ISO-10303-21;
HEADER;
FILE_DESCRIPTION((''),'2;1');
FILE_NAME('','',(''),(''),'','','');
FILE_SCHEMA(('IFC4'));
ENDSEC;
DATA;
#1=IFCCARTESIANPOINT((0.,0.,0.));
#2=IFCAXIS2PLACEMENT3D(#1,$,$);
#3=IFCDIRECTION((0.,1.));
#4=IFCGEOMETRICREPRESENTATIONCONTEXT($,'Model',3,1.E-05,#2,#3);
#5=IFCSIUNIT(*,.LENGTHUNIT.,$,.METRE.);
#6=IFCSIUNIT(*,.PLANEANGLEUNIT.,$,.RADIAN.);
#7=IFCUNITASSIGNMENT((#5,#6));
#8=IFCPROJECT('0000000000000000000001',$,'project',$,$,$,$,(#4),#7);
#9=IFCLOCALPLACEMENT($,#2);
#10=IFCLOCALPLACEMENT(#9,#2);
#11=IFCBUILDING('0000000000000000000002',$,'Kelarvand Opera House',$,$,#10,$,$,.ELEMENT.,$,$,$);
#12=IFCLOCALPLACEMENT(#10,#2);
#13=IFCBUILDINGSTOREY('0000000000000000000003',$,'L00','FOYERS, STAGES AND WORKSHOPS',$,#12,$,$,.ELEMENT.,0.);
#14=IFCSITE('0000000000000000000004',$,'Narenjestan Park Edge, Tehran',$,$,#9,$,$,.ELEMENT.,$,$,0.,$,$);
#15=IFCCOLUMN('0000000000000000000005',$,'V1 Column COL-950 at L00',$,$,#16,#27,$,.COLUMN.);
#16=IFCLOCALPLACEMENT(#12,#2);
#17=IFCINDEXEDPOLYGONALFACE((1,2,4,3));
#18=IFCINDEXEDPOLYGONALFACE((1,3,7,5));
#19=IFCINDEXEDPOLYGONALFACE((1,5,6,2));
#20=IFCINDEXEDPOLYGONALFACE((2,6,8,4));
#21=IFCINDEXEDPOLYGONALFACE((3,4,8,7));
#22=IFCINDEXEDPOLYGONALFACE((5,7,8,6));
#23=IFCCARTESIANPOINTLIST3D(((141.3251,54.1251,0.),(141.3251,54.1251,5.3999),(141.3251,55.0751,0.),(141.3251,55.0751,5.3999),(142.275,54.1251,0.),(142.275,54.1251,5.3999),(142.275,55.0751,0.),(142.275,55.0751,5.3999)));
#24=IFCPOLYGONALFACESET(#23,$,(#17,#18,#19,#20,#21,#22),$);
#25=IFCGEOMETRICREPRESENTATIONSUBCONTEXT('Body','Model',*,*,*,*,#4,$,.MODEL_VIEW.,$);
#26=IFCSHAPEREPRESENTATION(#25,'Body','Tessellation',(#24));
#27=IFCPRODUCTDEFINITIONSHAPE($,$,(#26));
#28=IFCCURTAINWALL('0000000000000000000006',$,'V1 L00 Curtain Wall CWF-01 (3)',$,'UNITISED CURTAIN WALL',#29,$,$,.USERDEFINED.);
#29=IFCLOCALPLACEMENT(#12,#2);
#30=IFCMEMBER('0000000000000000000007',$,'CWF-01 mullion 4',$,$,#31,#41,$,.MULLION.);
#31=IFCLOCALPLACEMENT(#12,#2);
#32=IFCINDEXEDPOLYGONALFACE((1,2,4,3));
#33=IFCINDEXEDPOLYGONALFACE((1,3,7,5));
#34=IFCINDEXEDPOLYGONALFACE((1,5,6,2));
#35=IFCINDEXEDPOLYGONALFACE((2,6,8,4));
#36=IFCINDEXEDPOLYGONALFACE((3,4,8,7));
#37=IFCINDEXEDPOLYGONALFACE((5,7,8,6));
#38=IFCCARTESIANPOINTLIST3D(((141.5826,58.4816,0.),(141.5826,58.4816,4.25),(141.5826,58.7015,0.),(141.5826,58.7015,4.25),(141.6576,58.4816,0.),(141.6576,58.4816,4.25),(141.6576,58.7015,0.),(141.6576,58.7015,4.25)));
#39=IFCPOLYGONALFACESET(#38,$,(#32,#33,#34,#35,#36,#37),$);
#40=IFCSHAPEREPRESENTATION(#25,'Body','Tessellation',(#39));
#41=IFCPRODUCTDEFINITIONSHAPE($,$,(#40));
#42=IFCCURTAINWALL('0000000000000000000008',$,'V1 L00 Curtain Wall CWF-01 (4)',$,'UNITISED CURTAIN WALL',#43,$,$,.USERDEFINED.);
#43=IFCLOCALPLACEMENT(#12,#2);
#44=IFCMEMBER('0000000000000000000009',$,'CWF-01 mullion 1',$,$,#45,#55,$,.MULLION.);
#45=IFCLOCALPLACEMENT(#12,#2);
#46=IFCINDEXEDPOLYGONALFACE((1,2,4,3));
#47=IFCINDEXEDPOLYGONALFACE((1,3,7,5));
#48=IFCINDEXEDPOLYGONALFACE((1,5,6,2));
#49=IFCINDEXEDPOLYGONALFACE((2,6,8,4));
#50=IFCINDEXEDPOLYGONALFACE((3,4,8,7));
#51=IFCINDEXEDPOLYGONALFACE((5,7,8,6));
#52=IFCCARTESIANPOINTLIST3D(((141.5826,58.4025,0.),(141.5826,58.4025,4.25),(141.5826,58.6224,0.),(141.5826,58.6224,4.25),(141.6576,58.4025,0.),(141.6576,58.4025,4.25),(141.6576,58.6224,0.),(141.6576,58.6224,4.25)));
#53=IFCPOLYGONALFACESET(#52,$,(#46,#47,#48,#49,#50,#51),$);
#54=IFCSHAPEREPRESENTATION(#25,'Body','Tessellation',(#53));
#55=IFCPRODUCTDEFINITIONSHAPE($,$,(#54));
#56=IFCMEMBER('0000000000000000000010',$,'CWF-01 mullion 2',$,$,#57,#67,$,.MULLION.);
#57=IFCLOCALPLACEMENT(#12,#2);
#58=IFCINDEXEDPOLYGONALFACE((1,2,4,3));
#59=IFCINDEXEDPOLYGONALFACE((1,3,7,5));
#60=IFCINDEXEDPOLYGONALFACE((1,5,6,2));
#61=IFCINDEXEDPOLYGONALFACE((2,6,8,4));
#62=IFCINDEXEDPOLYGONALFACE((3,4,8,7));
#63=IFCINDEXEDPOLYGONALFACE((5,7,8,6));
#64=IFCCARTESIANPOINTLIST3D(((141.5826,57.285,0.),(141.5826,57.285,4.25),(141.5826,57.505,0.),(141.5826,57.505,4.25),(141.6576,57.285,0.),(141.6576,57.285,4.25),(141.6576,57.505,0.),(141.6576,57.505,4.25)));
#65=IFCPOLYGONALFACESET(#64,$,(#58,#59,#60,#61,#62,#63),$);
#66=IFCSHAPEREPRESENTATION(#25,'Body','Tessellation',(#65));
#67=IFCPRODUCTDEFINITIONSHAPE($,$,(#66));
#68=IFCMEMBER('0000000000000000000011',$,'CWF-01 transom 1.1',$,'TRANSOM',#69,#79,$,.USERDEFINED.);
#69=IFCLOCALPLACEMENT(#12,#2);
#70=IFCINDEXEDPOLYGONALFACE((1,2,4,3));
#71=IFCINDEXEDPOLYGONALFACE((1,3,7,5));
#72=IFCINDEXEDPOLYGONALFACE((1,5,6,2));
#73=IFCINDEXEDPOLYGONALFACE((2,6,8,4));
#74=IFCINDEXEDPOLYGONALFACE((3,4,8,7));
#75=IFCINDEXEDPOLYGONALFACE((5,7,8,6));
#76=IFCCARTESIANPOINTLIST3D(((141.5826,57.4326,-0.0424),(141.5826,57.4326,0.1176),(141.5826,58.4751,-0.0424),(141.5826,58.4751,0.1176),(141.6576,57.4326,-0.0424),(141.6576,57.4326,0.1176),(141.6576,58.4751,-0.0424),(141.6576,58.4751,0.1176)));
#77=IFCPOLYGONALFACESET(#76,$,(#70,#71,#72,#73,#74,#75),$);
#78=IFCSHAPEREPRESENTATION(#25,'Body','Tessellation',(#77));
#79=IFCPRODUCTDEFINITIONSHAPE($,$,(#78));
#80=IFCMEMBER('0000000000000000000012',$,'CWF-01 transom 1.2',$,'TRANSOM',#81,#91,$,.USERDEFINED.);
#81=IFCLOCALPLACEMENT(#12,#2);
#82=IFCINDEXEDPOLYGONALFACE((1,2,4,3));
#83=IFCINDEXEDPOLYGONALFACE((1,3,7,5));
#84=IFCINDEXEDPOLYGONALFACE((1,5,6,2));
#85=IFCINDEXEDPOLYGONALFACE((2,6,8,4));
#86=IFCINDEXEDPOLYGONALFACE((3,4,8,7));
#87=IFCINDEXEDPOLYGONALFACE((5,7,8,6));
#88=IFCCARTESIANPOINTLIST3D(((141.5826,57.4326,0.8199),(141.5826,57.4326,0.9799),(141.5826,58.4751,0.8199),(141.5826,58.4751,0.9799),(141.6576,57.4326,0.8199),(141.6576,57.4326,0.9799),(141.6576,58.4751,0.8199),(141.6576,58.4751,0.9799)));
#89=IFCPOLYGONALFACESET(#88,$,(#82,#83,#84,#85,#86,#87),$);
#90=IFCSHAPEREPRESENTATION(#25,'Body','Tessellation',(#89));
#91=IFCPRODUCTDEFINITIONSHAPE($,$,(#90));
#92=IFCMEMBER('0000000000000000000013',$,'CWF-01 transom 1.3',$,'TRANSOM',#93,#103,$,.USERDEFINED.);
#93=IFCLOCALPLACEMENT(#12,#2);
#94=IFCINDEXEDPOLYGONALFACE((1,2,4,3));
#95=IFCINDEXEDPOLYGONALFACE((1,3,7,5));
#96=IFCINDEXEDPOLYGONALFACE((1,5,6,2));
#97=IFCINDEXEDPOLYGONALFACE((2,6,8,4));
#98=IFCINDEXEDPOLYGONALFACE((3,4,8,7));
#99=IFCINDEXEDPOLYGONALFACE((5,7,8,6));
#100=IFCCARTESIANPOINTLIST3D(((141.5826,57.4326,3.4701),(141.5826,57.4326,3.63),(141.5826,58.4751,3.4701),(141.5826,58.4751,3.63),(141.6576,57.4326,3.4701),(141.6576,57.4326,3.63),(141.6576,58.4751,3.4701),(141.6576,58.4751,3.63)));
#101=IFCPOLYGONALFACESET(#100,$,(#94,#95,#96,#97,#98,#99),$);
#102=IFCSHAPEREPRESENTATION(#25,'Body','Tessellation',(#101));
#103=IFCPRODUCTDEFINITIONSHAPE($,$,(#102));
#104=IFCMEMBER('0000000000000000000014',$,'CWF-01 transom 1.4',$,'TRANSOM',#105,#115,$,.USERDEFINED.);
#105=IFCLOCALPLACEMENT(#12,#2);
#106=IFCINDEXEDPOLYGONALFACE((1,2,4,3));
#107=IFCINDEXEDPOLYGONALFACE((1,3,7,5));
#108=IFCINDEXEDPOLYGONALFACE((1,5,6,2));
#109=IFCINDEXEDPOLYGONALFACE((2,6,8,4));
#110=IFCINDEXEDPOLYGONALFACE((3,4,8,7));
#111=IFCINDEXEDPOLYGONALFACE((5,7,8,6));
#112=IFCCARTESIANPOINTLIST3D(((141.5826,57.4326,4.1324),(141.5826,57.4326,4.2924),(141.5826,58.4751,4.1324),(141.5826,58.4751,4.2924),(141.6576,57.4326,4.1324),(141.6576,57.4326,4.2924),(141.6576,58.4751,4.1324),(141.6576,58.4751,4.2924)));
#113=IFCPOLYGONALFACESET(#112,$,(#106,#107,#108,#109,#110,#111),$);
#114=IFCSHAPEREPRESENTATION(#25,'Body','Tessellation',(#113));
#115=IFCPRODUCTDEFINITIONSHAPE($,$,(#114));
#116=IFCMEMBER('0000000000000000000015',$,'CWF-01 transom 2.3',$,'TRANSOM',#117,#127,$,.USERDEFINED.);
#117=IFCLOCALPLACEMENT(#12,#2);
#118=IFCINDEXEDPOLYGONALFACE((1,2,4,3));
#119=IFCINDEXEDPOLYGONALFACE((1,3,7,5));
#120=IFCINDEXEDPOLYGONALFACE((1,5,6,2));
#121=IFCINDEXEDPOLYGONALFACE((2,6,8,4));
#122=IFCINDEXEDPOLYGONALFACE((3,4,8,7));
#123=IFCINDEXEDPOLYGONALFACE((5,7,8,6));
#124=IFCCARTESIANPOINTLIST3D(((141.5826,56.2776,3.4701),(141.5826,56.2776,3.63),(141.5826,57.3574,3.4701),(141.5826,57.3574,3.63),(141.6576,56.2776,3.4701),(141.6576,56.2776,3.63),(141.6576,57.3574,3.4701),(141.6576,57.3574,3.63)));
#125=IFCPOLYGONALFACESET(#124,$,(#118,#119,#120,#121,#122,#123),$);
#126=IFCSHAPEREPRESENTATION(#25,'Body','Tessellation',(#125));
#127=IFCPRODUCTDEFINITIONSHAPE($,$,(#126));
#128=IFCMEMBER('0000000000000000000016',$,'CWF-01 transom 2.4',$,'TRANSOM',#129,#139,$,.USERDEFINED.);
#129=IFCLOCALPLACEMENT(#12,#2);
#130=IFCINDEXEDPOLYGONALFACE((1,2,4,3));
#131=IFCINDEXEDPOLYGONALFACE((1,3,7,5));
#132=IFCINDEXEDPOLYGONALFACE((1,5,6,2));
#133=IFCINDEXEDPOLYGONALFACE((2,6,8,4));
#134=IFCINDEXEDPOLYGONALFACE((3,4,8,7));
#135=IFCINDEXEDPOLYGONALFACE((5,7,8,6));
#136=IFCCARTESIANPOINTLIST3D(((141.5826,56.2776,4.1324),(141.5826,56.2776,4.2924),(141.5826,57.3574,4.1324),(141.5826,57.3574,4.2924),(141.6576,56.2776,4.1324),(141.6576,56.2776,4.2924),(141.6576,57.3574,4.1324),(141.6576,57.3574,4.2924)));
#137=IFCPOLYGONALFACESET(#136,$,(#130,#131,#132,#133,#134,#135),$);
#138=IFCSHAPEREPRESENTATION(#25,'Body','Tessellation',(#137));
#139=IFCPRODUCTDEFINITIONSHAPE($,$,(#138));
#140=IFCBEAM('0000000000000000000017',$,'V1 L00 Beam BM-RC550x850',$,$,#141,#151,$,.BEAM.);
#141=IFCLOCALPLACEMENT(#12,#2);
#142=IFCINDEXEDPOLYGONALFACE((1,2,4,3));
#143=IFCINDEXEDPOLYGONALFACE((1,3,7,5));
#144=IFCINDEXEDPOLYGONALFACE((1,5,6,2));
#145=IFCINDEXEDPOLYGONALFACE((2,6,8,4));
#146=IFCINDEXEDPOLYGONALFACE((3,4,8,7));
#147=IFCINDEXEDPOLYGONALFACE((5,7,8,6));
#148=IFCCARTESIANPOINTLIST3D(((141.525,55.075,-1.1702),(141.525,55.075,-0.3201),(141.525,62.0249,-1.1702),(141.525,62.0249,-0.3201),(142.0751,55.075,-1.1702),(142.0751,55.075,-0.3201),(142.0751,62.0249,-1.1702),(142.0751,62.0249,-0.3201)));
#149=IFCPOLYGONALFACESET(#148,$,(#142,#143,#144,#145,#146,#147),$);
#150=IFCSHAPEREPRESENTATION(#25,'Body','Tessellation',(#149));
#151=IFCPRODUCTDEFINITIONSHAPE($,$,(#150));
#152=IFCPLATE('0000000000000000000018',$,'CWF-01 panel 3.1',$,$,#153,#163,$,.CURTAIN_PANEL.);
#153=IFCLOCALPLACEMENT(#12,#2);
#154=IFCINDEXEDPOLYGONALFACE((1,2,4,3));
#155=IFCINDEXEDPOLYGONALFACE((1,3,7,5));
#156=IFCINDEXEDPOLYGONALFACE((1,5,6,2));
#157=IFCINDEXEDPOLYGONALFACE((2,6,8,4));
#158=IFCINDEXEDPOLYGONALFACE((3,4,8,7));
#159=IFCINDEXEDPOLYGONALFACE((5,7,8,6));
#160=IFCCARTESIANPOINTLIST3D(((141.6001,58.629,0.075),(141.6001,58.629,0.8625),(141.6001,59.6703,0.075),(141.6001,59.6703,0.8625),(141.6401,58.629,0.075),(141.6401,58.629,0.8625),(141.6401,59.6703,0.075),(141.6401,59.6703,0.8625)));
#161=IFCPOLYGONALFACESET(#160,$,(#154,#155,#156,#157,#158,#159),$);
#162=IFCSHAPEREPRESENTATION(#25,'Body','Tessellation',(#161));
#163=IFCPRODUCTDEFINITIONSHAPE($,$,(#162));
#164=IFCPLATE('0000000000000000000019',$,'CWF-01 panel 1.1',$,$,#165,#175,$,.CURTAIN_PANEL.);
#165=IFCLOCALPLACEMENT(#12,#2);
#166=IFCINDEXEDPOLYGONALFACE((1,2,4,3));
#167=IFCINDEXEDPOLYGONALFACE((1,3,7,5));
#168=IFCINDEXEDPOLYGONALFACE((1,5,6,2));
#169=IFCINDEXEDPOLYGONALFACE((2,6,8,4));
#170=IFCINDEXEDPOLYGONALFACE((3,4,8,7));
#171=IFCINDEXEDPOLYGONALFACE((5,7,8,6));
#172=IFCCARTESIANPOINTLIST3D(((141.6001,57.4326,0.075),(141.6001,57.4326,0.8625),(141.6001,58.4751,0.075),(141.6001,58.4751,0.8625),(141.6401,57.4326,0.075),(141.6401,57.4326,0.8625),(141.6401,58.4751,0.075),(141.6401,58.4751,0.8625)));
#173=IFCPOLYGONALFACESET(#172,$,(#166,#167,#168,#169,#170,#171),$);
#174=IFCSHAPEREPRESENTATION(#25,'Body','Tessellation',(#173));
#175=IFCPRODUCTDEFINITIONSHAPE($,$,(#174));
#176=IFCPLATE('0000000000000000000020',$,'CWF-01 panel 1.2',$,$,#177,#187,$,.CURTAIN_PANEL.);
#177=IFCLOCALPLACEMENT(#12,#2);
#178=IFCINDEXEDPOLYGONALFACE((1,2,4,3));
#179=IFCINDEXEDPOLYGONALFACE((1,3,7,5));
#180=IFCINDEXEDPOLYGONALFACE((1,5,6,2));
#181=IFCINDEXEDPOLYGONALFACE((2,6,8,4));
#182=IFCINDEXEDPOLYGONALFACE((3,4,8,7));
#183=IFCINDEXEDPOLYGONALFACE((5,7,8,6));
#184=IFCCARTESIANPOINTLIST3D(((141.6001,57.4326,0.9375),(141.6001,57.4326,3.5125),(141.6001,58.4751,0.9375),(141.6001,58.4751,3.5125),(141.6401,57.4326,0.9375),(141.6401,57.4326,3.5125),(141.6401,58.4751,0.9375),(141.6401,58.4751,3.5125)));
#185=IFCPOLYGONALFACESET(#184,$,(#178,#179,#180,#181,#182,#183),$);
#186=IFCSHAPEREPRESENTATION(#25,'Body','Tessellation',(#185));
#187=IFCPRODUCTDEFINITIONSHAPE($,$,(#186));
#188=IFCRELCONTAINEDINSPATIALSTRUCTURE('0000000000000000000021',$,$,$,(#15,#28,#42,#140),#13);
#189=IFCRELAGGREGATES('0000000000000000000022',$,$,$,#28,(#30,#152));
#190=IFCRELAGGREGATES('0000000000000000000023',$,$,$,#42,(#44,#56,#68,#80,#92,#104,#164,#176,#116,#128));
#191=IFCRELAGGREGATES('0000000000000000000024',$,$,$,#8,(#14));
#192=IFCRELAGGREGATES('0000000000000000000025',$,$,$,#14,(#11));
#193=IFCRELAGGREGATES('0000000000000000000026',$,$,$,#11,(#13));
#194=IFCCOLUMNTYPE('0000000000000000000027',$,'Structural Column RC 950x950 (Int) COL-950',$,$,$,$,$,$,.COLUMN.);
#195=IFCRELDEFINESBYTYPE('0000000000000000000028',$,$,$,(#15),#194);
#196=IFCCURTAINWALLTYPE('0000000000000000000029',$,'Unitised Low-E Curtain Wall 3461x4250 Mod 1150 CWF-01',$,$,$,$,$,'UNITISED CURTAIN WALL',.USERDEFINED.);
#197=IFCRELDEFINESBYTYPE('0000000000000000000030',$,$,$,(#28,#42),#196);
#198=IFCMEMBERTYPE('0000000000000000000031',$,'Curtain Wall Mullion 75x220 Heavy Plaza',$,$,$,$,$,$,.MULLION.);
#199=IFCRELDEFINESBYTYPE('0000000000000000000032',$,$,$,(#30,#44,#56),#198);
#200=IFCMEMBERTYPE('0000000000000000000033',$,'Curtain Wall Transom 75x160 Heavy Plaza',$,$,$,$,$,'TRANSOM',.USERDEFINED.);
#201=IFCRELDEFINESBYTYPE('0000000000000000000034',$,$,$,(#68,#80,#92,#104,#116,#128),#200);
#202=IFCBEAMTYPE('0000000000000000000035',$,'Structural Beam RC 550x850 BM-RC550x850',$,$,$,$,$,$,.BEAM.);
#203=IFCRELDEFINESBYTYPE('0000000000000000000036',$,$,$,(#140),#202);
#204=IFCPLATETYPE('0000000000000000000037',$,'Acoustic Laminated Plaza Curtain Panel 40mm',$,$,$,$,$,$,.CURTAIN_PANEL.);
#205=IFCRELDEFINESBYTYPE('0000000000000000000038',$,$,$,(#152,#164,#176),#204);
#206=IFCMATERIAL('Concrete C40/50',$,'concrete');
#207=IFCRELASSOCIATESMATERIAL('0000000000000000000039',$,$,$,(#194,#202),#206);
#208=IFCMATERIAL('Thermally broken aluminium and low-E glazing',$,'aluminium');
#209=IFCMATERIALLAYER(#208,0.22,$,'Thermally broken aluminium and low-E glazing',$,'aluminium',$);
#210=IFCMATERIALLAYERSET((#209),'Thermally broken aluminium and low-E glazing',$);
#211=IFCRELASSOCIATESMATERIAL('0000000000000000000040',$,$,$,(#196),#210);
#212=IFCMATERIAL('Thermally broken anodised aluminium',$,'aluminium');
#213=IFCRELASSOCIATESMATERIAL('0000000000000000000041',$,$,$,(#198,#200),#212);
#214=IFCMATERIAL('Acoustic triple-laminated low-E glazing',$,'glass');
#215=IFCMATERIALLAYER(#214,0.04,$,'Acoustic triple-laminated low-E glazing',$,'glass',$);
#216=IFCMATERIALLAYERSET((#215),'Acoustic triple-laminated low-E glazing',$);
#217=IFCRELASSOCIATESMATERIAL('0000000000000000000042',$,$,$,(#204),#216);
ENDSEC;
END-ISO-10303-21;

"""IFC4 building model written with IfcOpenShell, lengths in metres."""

from ifc_helpers import new_model, si_unit, direction, frame, origin, origin_2d, place, context, subcontext, project, spatial, rectangle, extrude, material, layer, layer_set, material_profile, profile_set, type_object, element, aggregate, save


model = new_model("IFC4")

# Units and contexts
model_context = context("Model", 3, precision=1e-05, world=origin(), true_north=direction((0.0, 1.0)))
body_context = subcontext(model_context, "Body", "Model", "MODEL_VIEW")
ifc_project = project(units=[si_unit("LENGTHUNIT", "METRE"), si_unit("PLANEANGLEUNIT", "RADIAN")], contexts=[model_context])

# Site, building, storey
site_placement = place(None, origin())
site = spatial("IfcSite", under=ifc_project, at=site_placement, Name="Narenjestan Park Edge, Tehran", CompositionType="ELEMENT", RefElevation=0.0)
building_placement = place(site_placement, origin())
building = spatial("IfcBuilding", under=site, at=building_placement, Name="Kelarvand Opera House", CompositionType="ELEMENT")
storey_placement = place(building_placement, origin())
storey = spatial("IfcBuildingStorey", under=building, at=storey_placement, Name="L00", Description="FOYERS, STAGES AND WORKSHOPS", CompositionType="ELEMENT", Elevation=0.0)

# Column
ifc_material_1 = material(Name="Concrete C40/50", Category="concrete")
ifc_material_profile_1 = material_profile(ifc_material_1, rectangle(XDim=0.95, YDim=0.95, at=origin_2d()), Name="RC 950x950", Category="concrete")
ifc_profile_set_1 = profile_set([ifc_material_profile_1], Name="Concrete C40/50")
column_type = type_object("IfcColumnType", Name="Structural Column RC 950x950 (Int) COL-950", PredefinedType="COLUMN", material=ifc_profile_set_1)
column_placement = place(storey_placement, frame((141.8, 54.6001, 0.0), z_axis=(0.0, 0.0, 1.0), x_axis=(1.0, 0.0, 0.0)))
element("IfcColumn", 1, at=column_placement, inside=storey, type_object=column_type, Name="V1 Column COL-950 at L00", PredefinedType="COLUMN", context=body_context, shape_type="SweptSolid", body=[
    extrude(rectangle(XDim=0.95, YDim=0.95, at=origin_2d()), origin(), (0.0, 0.0, 1.0), 5.3999),
])

# Curtain wall, member
ifc_material_2 = material(Name="Thermally broken aluminium and low-E glazing", Category="aluminium")
ifc_layer_1 = layer(ifc_material_2, 0.22, Name="Thermally broken aluminium and low-E glazing", Category="aluminium")
ifc_layer_set_1 = layer_set([ifc_layer_1], Name="Thermally broken aluminium and low-E glazing")
curtain_wall_type = type_object("IfcCurtainWallType", Name="Unitised Low-E Curtain Wall 3461x4250 Mod 1150 CWF-01", ElementType="UNITISED CURTAIN WALL", PredefinedType="USERDEFINED", material=ifc_layer_set_1)
curtain_wall_1_placement = place(storey_placement, origin())
curtain_wall_1 = element("IfcCurtainWall", 2, at=curtain_wall_1_placement, inside=storey, type_object=curtain_wall_type, Name="V1 L00 Curtain Wall CWF-01 (3)", ObjectType="UNITISED CURTAIN WALL", PredefinedType="USERDEFINED")
ifc_material_3 = material(Name="Thermally broken anodised aluminium", Category="aluminium")
ifc_material_profile_2 = material_profile(ifc_material_3, rectangle(XDim=0.075, YDim=0.22, at=origin_2d()), Name="ALU MULLION 75x220", Category="aluminium")
ifc_profile_set_2 = profile_set([ifc_material_profile_2], Name="Thermally broken anodised aluminium")
member_type_1 = type_object("IfcMemberType", Name="Curtain Wall Mullion 75x220 Heavy Plaza", PredefinedType="MULLION", material=ifc_profile_set_2)
member_1_placement = place(storey_placement, frame((141.6201, 58.5916, 0.0), z_axis=(0.0, 0.0, 1.0), x_axis=(1.0, 0.0, 0.0)))
member_1 = element("IfcMember", 3, at=member_1_placement, type_object=member_type_1, Name="CWF-01 mullion 4", PredefinedType="MULLION", context=body_context, shape_type="SweptSolid", body=[
    extrude(rectangle(XDim=0.075, YDim=0.22, at=origin_2d()), origin(), (0.0, 0.0, 1.0), 4.25),
])

# Curtain wall, members
curtain_wall_2_placement = place(storey_placement, origin())
curtain_wall_2 = element("IfcCurtainWall", 4, at=curtain_wall_2_placement, inside=storey, type_object=curtain_wall_type, Name="V1 L00 Curtain Wall CWF-01 (4)", ObjectType="UNITISED CURTAIN WALL", PredefinedType="USERDEFINED")
member_2_placement = place(storey_placement, frame((141.6201, 58.5125, 0.0), z_axis=(0.0, 0.0, 1.0), x_axis=(1.0, 0.0, 0.0)))
member_2 = element("IfcMember", 5, at=member_2_placement, type_object=member_type_1, Name="CWF-01 mullion 1", PredefinedType="MULLION", context=body_context, shape_type="SweptSolid", body=[
    extrude(rectangle(XDim=0.075, YDim=0.22, at=origin_2d()), origin(), (0.0, 0.0, 1.0), 4.25),
])
member_3_placement = place(storey_placement, frame((141.6201, 57.395, 0.0), z_axis=(0.0, 0.0, 1.0), x_axis=(1.0, 0.0, 0.0)))
member_3 = element("IfcMember", 6, at=member_3_placement, type_object=member_type_1, Name="CWF-01 mullion 2", PredefinedType="MULLION", context=body_context, shape_type="SweptSolid", body=[
    extrude(rectangle(XDim=0.075, YDim=0.22, at=origin_2d()), origin(), (0.0, 0.0, 1.0), 4.25),
])
ifc_material_profile_3 = material_profile(ifc_material_3, rectangle(XDim=0.075, YDim=0.1599, at=origin_2d()), Name="ALU TRANSOM 75x160", Category="aluminium")
ifc_profile_set_3 = profile_set([ifc_material_profile_3], Name="Thermally broken anodised aluminium")
member_type_2 = type_object("IfcMemberType", Name="Curtain Wall Transom 75x160 Heavy Plaza", ElementType="TRANSOM", PredefinedType="USERDEFINED", material=ifc_profile_set_3)
member_4_placement = place(storey_placement, frame((141.6201, 58.4751, 0.0376), z_axis=(0.0, -1.0, 0.0), x_axis=(1.0, 0.0, 0.0)))
member_4 = element("IfcMember", 7, at=member_4_placement, type_object=member_type_2, Name="CWF-01 transom 1.1", ObjectType="TRANSOM", PredefinedType="USERDEFINED", context=body_context, shape_type="SweptSolid", body=[
    extrude(rectangle(XDim=0.075, YDim=0.1599, at=origin_2d()), origin(), (0.0, 0.0, 1.0), 1.0425),
])
member_5_placement = place(storey_placement, frame((141.6201, 58.4751, 0.8999), z_axis=(0.0, -1.0, 0.0), x_axis=(1.0, 0.0, 0.0)))
member_5 = element("IfcMember", 8, at=member_5_placement, type_object=member_type_2, Name="CWF-01 transom 1.2", ObjectType="TRANSOM", PredefinedType="USERDEFINED", context=body_context, shape_type="SweptSolid", body=[
    extrude(rectangle(XDim=0.075, YDim=0.1599, at=origin_2d()), origin(), (0.0, 0.0, 1.0), 1.0425),
])
member_6_placement = place(storey_placement, frame((141.6201, 58.4751, 3.55), z_axis=(0.0, -1.0, 0.0), x_axis=(1.0, 0.0, 0.0)))
member_6 = element("IfcMember", 9, at=member_6_placement, type_object=member_type_2, Name="CWF-01 transom 1.3", ObjectType="TRANSOM", PredefinedType="USERDEFINED", context=body_context, shape_type="SweptSolid", body=[
    extrude(rectangle(XDim=0.075, YDim=0.1599, at=origin_2d()), origin(), (0.0, 0.0, 1.0), 1.0425),
])
member_7_placement = place(storey_placement, frame((141.6201, 58.4751, 4.2124), z_axis=(0.0, -1.0, 0.0), x_axis=(1.0, 0.0, 0.0)))
member_7 = element("IfcMember", 10, at=member_7_placement, type_object=member_type_2, Name="CWF-01 transom 1.4", ObjectType="TRANSOM", PredefinedType="USERDEFINED", context=body_context, shape_type="SweptSolid", body=[
    extrude(rectangle(XDim=0.075, YDim=0.1599, at=origin_2d()), origin(), (0.0, 0.0, 1.0), 1.0425),
])
member_8_placement = place(storey_placement, frame((141.6201, 57.3574, 3.55), z_axis=(0.0, -1.0, 0.0), x_axis=(1.0, 0.0, 0.0)))
member_8 = element("IfcMember", 11, at=member_8_placement, type_object=member_type_2, Name="CWF-01 transom 2.3", ObjectType="TRANSOM", PredefinedType="USERDEFINED", context=body_context, shape_type="SweptSolid", body=[
    extrude(rectangle(XDim=0.075, YDim=0.1599, at=origin_2d()), origin(), (0.0, 0.0, 1.0), 1.0798),
])
member_9_placement = place(storey_placement, frame((141.6201, 57.3574, 4.2124), z_axis=(0.0, -1.0, 0.0), x_axis=(1.0, 0.0, 0.0)))
member_9 = element("IfcMember", 12, at=member_9_placement, type_object=member_type_2, Name="CWF-01 transom 2.4", ObjectType="TRANSOM", PredefinedType="USERDEFINED", context=body_context, shape_type="SweptSolid", body=[
    extrude(rectangle(XDim=0.075, YDim=0.1599, at=origin_2d()), origin(), (0.0, 0.0, 1.0), 1.0798),
])

# Beam
ifc_material_profile_4 = material_profile(ifc_material_1, rectangle(XDim=0.55, YDim=0.8501, at=origin_2d()), Name="RC 550x850", Category="concrete")
ifc_profile_set_4 = profile_set([ifc_material_profile_4], Name="Concrete C40/50")
beam_type = type_object("IfcBeamType", Name="Structural Beam RC 550x850 BM-RC550x850", PredefinedType="BEAM", material=ifc_profile_set_4)
beam_placement = place(storey_placement, frame((141.8, 55.075, -0.7451), z_axis=(0.0, 1.0, 0.0), x_axis=(-1.0, 0.0, 0.0)))
element("IfcBeam", 13, at=beam_placement, inside=storey, type_object=beam_type, Name="V1 L00 Beam BM-RC550x850", PredefinedType="BEAM", context=body_context, shape_type="SweptSolid", body=[
    extrude(rectangle(XDim=0.55, YDim=0.8501, at=origin_2d()), origin(), (0.0, 0.0, 1.0), 6.95),
])

# Plates
ifc_material_4 = material(Name="Acoustic triple-laminated low-E glazing", Category="glass")
ifc_layer_2 = layer(ifc_material_4, 0.04, Name="Acoustic triple-laminated low-E glazing", Category="glass")
ifc_layer_set_2 = layer_set([ifc_layer_2], Name="Acoustic triple-laminated low-E glazing")
plate_type = type_object("IfcPlateType", Name="Acoustic Laminated Plaza Curtain Panel 40mm", PredefinedType="CURTAIN_PANEL", material=ifc_layer_set_2)
plate_1_placement = place(storey_placement, frame((141.6201, 59.1497, 0.075), z_axis=(0.0, 0.0, 1.0), x_axis=(0.0, -1.0, 0.0)))
plate_1 = element("IfcPlate", 14, at=plate_1_placement, type_object=plate_type, Name="CWF-01 panel 3.1", PredefinedType="CURTAIN_PANEL", context=body_context, shape_type="SweptSolid", body=[
    extrude(rectangle(XDim=1.0413, YDim=0.04, at=origin_2d()), origin(), (0.0, 0.0, 1.0), 0.7876),
])
aggregate(curtain_wall_1, [member_1, plate_1])
plate_2_placement = place(storey_placement, frame((141.6201, 57.9539, 0.075), z_axis=(0.0, 0.0, 1.0), x_axis=(0.0, -1.0, 0.0)))
plate_2 = element("IfcPlate", 15, at=plate_2_placement, type_object=plate_type, Name="CWF-01 panel 1.1", PredefinedType="CURTAIN_PANEL", context=body_context, shape_type="SweptSolid", body=[
    extrude(rectangle(XDim=1.0425, YDim=0.04, at=origin_2d()), origin(), (0.0, 0.0, 1.0), 0.7876),
])
plate_3_placement = place(storey_placement, frame((141.6201, 57.9539, 0.9375), z_axis=(0.0, 0.0, 1.0), x_axis=(0.0, -1.0, 0.0)))
plate_3 = element("IfcPlate", 16, at=plate_3_placement, type_object=plate_type, Name="CWF-01 panel 1.2", PredefinedType="CURTAIN_PANEL", context=body_context, shape_type="SweptSolid", body=[
    extrude(rectangle(XDim=1.0425, YDim=0.04, at=origin_2d()), origin(), (0.0, 0.0, 1.0), 2.575),
])
aggregate(curtain_wall_2, [member_2, member_3, member_4, member_5, member_6, member_7, plate_2, plate_3, member_8, member_9])

save(model, "model.ifc")
